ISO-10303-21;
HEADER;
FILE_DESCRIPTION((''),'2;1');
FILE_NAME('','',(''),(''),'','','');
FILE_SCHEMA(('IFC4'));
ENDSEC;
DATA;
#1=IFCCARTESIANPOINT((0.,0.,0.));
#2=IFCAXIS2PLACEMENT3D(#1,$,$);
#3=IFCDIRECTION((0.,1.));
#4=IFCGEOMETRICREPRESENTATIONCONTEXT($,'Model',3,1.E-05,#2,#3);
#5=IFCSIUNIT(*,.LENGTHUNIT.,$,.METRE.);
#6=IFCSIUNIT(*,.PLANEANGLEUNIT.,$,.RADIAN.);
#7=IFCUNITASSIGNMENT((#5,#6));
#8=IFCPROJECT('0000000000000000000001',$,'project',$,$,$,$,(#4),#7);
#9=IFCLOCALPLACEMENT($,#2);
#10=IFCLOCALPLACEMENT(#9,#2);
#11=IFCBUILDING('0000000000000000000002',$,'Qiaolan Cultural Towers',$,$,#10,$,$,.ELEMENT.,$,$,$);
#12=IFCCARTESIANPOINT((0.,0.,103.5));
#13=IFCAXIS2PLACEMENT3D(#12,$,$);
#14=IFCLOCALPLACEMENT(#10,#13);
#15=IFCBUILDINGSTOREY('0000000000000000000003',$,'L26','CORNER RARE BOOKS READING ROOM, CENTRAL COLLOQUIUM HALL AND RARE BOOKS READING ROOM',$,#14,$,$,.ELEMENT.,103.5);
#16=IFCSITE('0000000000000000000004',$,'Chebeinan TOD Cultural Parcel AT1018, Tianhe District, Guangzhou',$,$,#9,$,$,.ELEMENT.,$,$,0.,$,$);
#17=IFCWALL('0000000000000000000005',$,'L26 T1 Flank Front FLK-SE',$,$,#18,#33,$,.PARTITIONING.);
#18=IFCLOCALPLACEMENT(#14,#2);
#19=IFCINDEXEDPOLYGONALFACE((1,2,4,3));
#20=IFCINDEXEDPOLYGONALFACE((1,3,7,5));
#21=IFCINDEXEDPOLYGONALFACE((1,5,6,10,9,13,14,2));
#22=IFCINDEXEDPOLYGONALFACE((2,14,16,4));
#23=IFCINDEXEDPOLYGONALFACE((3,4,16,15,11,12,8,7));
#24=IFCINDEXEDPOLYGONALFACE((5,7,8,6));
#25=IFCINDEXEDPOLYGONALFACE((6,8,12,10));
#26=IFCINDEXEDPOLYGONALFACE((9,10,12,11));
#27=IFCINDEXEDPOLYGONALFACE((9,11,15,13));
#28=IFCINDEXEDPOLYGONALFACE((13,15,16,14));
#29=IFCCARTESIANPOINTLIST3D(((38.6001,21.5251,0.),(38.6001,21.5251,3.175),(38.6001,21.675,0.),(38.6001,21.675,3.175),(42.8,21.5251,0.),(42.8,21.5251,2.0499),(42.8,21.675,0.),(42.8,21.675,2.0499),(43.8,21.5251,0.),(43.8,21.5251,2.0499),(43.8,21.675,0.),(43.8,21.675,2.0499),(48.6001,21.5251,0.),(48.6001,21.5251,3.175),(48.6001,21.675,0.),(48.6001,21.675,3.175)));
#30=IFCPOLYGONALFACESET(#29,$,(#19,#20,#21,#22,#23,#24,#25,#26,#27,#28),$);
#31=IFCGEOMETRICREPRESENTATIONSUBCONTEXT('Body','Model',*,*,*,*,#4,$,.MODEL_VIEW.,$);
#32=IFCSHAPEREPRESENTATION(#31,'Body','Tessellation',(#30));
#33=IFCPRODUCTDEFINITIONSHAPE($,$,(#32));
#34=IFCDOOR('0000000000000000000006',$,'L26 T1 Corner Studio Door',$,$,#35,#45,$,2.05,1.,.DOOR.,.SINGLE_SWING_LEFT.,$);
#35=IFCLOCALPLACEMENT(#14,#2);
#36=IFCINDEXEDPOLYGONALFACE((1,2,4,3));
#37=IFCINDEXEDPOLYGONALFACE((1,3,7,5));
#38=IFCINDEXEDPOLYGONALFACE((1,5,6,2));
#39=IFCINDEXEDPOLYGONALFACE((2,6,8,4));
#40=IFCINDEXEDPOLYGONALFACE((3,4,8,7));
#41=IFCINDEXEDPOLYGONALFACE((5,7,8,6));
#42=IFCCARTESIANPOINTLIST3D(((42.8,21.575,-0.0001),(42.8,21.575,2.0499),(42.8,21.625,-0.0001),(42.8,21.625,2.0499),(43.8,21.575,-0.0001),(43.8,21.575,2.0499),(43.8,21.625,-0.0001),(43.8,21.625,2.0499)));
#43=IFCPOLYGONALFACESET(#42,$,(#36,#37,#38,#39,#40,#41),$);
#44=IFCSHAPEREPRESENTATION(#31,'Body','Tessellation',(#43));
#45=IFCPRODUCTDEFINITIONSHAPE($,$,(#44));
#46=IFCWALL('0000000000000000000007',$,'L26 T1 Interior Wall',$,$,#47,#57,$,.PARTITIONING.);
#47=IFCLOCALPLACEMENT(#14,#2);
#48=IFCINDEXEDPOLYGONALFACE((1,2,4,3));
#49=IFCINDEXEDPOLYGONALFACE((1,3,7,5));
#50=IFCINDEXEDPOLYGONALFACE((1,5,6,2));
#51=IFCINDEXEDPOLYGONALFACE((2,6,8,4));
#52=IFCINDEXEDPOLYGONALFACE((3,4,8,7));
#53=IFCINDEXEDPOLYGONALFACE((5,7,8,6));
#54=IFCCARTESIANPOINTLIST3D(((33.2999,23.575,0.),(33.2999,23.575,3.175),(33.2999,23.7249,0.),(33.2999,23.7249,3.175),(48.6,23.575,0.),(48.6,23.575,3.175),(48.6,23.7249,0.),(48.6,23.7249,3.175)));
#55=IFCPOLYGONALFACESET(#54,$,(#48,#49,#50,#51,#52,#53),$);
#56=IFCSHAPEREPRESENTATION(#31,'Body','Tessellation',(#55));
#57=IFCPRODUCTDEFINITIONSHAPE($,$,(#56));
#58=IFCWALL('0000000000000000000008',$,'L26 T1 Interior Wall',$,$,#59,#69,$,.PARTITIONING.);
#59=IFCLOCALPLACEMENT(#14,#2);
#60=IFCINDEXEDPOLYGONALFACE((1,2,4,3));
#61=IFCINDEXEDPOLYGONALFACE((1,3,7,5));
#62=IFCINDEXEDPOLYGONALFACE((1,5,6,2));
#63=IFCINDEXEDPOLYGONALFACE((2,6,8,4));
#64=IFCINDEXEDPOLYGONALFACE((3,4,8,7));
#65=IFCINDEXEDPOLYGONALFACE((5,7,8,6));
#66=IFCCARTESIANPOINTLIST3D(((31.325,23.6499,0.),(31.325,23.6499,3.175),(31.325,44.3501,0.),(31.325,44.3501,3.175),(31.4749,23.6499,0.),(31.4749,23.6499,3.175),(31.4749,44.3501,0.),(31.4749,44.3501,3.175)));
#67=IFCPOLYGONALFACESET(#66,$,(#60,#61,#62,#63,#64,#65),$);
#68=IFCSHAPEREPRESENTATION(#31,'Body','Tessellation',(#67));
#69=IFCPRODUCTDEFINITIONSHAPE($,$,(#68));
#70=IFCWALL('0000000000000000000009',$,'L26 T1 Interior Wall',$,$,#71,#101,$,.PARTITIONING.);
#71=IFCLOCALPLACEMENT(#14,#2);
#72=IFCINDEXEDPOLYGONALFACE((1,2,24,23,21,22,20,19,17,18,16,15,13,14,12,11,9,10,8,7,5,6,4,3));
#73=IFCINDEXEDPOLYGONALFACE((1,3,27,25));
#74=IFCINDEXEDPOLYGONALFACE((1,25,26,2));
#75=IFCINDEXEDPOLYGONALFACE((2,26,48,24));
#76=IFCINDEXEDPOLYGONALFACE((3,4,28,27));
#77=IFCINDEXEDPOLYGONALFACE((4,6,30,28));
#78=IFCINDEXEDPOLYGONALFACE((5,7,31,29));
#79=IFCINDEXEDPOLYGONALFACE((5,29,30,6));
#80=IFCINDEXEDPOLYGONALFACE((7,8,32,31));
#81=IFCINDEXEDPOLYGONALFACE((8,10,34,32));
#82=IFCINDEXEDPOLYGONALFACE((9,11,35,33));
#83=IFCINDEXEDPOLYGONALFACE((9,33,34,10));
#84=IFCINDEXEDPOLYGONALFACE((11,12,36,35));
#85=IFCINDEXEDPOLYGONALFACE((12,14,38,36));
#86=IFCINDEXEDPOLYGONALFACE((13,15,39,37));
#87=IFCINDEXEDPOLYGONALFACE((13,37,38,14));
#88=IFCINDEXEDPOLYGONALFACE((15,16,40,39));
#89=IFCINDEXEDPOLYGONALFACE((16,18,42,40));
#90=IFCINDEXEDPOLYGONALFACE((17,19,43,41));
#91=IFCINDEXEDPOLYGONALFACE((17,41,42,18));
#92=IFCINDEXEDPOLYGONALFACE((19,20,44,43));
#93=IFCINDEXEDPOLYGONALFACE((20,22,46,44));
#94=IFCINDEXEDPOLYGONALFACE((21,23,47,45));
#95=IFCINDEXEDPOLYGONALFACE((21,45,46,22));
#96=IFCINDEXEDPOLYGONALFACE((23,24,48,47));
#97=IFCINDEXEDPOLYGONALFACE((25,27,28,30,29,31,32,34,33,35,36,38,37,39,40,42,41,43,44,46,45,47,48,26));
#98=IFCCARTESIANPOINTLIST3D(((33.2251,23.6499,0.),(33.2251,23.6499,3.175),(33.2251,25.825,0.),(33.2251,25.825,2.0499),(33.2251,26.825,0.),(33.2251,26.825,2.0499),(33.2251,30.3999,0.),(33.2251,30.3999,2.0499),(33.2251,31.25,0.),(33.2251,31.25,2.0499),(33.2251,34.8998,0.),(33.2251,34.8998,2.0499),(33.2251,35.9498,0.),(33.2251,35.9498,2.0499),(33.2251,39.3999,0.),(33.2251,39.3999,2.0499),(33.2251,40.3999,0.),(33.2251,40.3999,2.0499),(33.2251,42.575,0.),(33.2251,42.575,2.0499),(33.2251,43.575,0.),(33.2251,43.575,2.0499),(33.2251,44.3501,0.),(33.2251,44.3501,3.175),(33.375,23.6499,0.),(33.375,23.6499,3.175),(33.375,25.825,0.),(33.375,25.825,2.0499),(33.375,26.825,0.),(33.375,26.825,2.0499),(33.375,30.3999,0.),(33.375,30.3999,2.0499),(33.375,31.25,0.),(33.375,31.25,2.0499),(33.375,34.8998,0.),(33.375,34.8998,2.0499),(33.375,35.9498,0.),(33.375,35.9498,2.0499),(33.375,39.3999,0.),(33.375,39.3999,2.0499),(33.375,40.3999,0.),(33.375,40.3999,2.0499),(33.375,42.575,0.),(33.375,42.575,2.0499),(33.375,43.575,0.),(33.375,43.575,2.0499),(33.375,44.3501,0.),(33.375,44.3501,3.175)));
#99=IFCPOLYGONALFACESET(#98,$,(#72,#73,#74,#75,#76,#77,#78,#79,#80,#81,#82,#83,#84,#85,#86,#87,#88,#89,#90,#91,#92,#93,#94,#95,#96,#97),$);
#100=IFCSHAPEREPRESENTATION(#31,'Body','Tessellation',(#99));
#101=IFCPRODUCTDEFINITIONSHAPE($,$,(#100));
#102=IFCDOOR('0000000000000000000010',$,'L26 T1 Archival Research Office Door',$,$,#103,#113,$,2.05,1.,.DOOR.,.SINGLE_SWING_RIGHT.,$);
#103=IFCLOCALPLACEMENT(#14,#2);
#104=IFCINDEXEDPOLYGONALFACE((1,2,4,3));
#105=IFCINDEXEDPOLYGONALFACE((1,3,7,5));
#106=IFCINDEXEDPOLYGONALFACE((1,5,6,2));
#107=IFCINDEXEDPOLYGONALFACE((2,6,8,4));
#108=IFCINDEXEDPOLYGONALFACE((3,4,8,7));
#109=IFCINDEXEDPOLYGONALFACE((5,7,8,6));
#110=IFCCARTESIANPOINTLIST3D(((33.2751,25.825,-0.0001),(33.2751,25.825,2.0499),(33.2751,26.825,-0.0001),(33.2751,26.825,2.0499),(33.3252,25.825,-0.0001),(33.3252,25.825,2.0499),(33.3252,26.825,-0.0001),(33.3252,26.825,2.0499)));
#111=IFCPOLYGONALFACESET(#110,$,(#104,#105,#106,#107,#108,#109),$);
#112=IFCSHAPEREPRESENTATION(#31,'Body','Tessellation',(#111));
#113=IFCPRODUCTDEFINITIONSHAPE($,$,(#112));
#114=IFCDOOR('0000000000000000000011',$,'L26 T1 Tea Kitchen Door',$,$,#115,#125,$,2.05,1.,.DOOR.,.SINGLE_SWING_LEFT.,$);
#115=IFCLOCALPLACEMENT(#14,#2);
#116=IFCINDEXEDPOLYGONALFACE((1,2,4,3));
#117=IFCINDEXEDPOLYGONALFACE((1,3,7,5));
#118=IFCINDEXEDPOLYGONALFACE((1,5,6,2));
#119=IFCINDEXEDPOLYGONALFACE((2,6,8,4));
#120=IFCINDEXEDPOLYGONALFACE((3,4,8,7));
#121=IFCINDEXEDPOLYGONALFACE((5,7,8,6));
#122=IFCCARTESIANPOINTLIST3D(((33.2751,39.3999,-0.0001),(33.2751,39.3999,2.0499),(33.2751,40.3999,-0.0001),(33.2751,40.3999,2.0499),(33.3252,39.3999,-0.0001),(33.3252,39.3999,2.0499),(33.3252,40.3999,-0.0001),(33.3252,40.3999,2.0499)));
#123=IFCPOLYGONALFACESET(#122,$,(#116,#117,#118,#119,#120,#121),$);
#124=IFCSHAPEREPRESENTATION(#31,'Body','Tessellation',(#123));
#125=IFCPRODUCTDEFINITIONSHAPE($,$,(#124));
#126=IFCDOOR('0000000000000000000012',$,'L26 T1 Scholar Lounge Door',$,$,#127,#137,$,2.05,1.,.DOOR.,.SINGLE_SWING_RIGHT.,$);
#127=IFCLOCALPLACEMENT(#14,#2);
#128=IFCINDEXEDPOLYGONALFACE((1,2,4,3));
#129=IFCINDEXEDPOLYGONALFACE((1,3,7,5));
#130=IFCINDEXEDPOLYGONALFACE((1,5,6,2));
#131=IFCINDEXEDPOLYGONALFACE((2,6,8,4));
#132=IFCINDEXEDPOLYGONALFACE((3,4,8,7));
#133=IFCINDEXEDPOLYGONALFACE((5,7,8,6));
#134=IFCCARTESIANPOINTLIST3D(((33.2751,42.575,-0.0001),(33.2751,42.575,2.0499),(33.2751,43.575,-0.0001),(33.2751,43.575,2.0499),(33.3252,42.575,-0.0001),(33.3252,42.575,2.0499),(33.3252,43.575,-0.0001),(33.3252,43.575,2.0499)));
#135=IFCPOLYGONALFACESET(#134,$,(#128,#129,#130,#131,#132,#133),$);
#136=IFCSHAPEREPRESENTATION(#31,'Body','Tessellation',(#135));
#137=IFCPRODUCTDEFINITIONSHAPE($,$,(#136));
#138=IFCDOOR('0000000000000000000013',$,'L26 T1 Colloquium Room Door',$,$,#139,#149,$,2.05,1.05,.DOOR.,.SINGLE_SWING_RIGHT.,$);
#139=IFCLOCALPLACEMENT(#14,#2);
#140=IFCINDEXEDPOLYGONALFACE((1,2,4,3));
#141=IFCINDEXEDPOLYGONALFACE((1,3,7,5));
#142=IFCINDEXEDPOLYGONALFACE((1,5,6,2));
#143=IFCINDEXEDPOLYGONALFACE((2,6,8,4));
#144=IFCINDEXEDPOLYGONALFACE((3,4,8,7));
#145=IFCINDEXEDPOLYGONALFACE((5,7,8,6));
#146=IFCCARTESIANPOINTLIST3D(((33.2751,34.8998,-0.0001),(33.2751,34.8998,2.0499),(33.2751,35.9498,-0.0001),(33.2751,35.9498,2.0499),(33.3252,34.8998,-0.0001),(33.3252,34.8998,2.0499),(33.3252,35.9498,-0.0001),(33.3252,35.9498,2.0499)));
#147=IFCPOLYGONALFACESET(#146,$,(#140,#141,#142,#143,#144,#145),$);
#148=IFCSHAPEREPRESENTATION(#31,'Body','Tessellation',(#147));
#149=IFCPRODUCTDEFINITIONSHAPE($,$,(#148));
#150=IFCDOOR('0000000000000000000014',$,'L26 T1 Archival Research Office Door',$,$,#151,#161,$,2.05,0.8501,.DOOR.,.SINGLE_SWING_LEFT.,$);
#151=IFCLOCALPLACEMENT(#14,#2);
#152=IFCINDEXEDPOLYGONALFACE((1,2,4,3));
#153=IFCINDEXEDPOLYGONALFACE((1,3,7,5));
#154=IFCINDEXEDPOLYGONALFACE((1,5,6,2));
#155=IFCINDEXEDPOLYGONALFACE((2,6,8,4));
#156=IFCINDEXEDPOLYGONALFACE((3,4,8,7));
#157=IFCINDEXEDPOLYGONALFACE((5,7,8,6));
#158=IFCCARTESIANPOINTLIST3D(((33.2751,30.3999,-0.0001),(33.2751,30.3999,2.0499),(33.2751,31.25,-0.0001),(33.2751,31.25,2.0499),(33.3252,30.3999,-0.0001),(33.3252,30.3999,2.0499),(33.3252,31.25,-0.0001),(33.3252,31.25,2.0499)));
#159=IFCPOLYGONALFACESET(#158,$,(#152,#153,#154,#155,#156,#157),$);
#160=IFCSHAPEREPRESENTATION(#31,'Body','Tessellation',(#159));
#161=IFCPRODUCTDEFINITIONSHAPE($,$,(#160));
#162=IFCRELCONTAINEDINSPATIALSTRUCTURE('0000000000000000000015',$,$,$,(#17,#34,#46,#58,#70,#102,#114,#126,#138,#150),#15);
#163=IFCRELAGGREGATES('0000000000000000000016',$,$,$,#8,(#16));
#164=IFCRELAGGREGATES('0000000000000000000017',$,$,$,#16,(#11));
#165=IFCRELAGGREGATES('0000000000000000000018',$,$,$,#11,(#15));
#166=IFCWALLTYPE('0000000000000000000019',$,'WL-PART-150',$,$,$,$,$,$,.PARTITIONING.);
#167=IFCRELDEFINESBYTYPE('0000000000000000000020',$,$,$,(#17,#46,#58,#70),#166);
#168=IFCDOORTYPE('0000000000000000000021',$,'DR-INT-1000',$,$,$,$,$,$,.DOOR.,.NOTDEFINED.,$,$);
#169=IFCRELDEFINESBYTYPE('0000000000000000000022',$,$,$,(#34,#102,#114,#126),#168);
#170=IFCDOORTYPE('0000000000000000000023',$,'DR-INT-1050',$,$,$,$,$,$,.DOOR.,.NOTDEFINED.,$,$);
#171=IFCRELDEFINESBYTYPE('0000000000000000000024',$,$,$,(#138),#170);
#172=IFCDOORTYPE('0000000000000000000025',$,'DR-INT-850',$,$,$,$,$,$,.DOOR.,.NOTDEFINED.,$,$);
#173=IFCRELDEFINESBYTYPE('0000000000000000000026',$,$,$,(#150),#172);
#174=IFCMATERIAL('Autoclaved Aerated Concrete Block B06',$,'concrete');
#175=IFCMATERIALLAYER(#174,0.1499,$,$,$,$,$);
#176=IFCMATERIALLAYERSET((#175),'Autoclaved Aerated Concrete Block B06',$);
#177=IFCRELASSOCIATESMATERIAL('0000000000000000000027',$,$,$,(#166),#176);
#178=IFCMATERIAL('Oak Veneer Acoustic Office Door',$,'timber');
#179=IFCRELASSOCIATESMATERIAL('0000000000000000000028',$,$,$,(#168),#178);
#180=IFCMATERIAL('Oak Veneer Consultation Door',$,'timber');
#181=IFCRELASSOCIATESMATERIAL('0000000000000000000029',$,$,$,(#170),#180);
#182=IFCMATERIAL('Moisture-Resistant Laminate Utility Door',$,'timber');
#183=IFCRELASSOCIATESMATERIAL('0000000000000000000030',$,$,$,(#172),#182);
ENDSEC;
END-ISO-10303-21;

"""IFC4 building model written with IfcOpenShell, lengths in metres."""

from ifc_helpers import new_model, si_unit, direction, frame, frame_2d, origin, place, context, subcontext, project, spatial, rectangle, extrude, material, layer, layer_set, type_object, element, fill, save


model = new_model("IFC4")

# Units and contexts
model_context = context("Model", 3, precision=1e-05, world=origin(), true_north=direction((0.0, 1.0)))
body_context = subcontext(model_context, "Body", "Model", "MODEL_VIEW")
ifc_project = project(units=[si_unit("LENGTHUNIT", "METRE"), si_unit("PLANEANGLEUNIT", "RADIAN")], contexts=[model_context])

# Site, building, storey
site_placement = place(None, origin())
site = spatial("IfcSite", under=ifc_project, at=site_placement, Name="Chebeinan TOD Cultural Parcel AT1018, Tianhe District, Guangzhou", CompositionType="ELEMENT", RefElevation=0.0)
building_placement = place(site_placement, origin())
building = spatial("IfcBuilding", under=site, at=building_placement, Name="Qiaolan Cultural Towers", CompositionType="ELEMENT")
storey_placement = place(building_placement, frame((0.0, 0.0, 103.5)))
storey = spatial("IfcBuildingStorey", under=building, at=storey_placement, Name="L26", Description="CORNER RARE BOOKS READING ROOM, CENTRAL COLLOQUIUM HALL AND RARE BOOKS READING ROOM", CompositionType="ELEMENT", Elevation=103.5)

# Shared definitions
ifc_material_1 = material(Name="Autoclaved Aerated Concrete Block B06", Category="concrete")
ifc_layer_1 = layer(ifc_material_1, 0.1499)
ifc_layer_set_1 = layer_set([ifc_layer_1], Name="Autoclaved Aerated Concrete Block B06")
wall_type_1 = type_object("IfcWallType", Name="WL-PART-150", PredefinedType="PARTITIONING", material=ifc_layer_set_1)

# Wall, opening, door
wall_1_placement = place(storey_placement, frame((38.6001, 21.6001, 0.0), z_axis=(0.0, 0.0, 1.0), x_axis=(1.0, 0.0, 0.0)))
wall_1 = element("IfcWall", 1, at=wall_1_placement, inside=storey, type_object=wall_type_1, Name="L26 T1 Flank Front FLK-SE", PredefinedType="PARTITIONING", context=body_context, shape_type="SweptSolid", body=[
    extrude(rectangle(XDim=10.0, YDim=0.1499, at=frame_2d((5.0, 0.0))), origin(), (0.0, 0.0, 1.0), 3.175),
])
opening_1_placement = place(wall_1_placement, frame((4.2, 0.0, 0.0)))
opening_1 = element("IfcOpeningElement", 2, at=opening_1_placement, cuts=wall_1, PredefinedType="OPENING", context=body_context, shape_type="SweptSolid", body=[
    extrude(rectangle(XDim=1.0, YDim=2.05, at=frame_2d((0.5, 1.0249))), frame((0.0, 0.085, 0.0), z_axis=(0.0, -1.0, 0.0), x_axis=(1.0, 0.0, 0.0)), (0.0, 0.0, 1.0), 0.1699),
])
ifc_material_2 = material(Name="Oak Veneer Acoustic Office Door", Category="timber")
door_type_1 = type_object("IfcDoorType", Name="DR-INT-1000", OperationType="NOTDEFINED", PredefinedType="DOOR", material=ifc_material_2)
door_1_placement = place(opening_1_placement, origin())
door_1 = element("IfcDoor", 3, at=door_1_placement, inside=storey, type_object=door_type_1, Name="L26 T1 Corner Studio Door", OperationType="SINGLE_SWING_LEFT", OverallHeight=2.05, OverallWidth=1.0, PredefinedType="DOOR", context=body_context, shape_type="SweptSolid", body=[
    extrude(rectangle(XDim=1.0, YDim=2.05, at=frame_2d((0.5, 1.0249))), frame((0.0, 0.0249, 0.0), z_axis=(0.0, -1.0, 0.0), x_axis=(1.0, 0.0, 0.0)), (0.0, 0.0, 1.0), 0.05),
])
fill(opening_1, door_1)

# Walls
wall_2_placement = place(storey_placement, frame((33.3, 23.6499, 0.0), z_axis=(0.0, 0.0, 1.0), x_axis=(1.0, 0.0, 0.0)))
element("IfcWall", 4, at=wall_2_placement, inside=storey, type_object=wall_type_1, Name="L26 T1 Interior Wall", PredefinedType="PARTITIONING", context=body_context, shape_type="SweptSolid", body=[
    extrude(rectangle(XDim=15.3, YDim=0.1499, at=frame_2d((7.6499, 0.0))), origin(), (0.0, 0.0, 1.0), 3.175),
])
wall_3_placement = place(storey_placement, frame((31.3999, 23.6499, 0.0), z_axis=(0.0, 0.0, 1.0), x_axis=(0.0, 1.0, 0.0)))
element("IfcWall", 5, at=wall_3_placement, inside=storey, type_object=wall_type_1, Name="L26 T1 Interior Wall", PredefinedType="PARTITIONING", context=body_context, shape_type="SweptSolid", body=[
    extrude(rectangle(XDim=20.7002, YDim=0.1499, at=frame_2d((10.3501, 0.0))), origin(), (0.0, 0.0, 1.0), 3.175),
])

# Wall, openings, doors
wall_4_placement = place(storey_placement, frame((33.3, 23.6499, 0.0), z_axis=(0.0, 0.0, 1.0), x_axis=(0.0, 1.0, 0.0)))
wall_4 = element("IfcWall", 6, at=wall_4_placement, inside=storey, type_object=wall_type_1, Name="L26 T1 Interior Wall", PredefinedType="PARTITIONING", context=body_context, shape_type="SweptSolid", body=[
    extrude(rectangle(XDim=20.7002, YDim=0.1499, at=frame_2d((10.3501, 0.0))), origin(), (0.0, 0.0, 1.0), 3.175),
])
opening_2_placement = place(wall_4_placement, frame((2.175, 0.0, 0.0)))
opening_2 = element("IfcOpeningElement", 7, at=opening_2_placement, cuts=wall_4, PredefinedType="OPENING", context=body_context, shape_type="SweptSolid", body=[
    extrude(rectangle(XDim=1.0, YDim=2.05, at=frame_2d((0.5, 1.0249))), frame((0.0, 0.085, 0.0), z_axis=(0.0, -1.0, 0.0), x_axis=(1.0, 0.0, 0.0)), (0.0, 0.0, 1.0), 0.1699),
])
opening_3_placement = place(wall_4_placement, frame((6.75, 0.0, 0.0)))
opening_3 = element("IfcOpeningElement", 8, at=opening_3_placement, cuts=wall_4, PredefinedType="OPENING", context=body_context, shape_type="SweptSolid", body=[
    extrude(rectangle(XDim=0.8501, YDim=2.05, at=frame_2d((0.425, 1.0249))), frame((0.0, 0.085, 0.0), z_axis=(0.0, -1.0, 0.0), x_axis=(1.0, 0.0, 0.0)), (0.0, 0.0, 1.0), 0.1699),
])
opening_4_placement = place(wall_4_placement, frame((11.25, 0.0, 0.0)))
opening_4 = element("IfcOpeningElement", 9, at=opening_4_placement, cuts=wall_4, PredefinedType="OPENING", context=body_context, shape_type="SweptSolid", body=[
    extrude(rectangle(XDim=1.05, YDim=2.05, at=frame_2d((0.5249, 1.0249))), frame((0.0, 0.085, 0.0), z_axis=(0.0, -1.0, 0.0), x_axis=(1.0, 0.0, 0.0)), (0.0, 0.0, 1.0), 0.1699),
])
opening_5_placement = place(wall_4_placement, frame((15.75, 0.0, 0.0)))
opening_5 = element("IfcOpeningElement", 10, at=opening_5_placement, cuts=wall_4, PredefinedType="OPENING", context=body_context, shape_type="SweptSolid", body=[
    extrude(rectangle(XDim=1.0, YDim=2.05, at=frame_2d((0.5, 1.0249))), frame((0.0, 0.085, 0.0), z_axis=(0.0, -1.0, 0.0), x_axis=(1.0, 0.0, 0.0)), (0.0, 0.0, 1.0), 0.1699),
])
opening_6_placement = place(wall_4_placement, frame((18.925, 0.0, 0.0)))
opening_6 = element("IfcOpeningElement", 11, at=opening_6_placement, cuts=wall_4, PredefinedType="OPENING", context=body_context, shape_type="SweptSolid", body=[
    extrude(rectangle(XDim=1.0, YDim=2.05, at=frame_2d((0.5, 1.0249))), frame((0.0, 0.085, 0.0), z_axis=(0.0, -1.0, 0.0), x_axis=(1.0, 0.0, 0.0)), (0.0, 0.0, 1.0), 0.1699),
])
door_2_placement = place(opening_2_placement, origin())
door_2 = element("IfcDoor", 12, at=door_2_placement, inside=storey, type_object=door_type_1, Name="L26 T1 Archival Research Office Door", OperationType="SINGLE_SWING_RIGHT", OverallHeight=2.05, OverallWidth=1.0, PredefinedType="DOOR", context=body_context, shape_type="SweptSolid", body=[
    extrude(rectangle(XDim=1.0, YDim=2.05, at=frame_2d((0.5, 1.0249))), frame((0.0, 0.0249, 0.0), z_axis=(0.0, -1.0, 0.0), x_axis=(1.0, 0.0, 0.0)), (0.0, 0.0, 1.0), 0.05),
])
fill(opening_2, door_2)
door_3_placement = place(opening_5_placement, origin())
door_3 = element("IfcDoor", 13, at=door_3_placement, inside=storey, type_object=door_type_1, Name="L26 T1 Tea Kitchen Door", OperationType="SINGLE_SWING_LEFT", OverallHeight=2.05, OverallWidth=1.0, PredefinedType="DOOR", context=body_context, shape_type="SweptSolid", body=[
    extrude(rectangle(XDim=1.0, YDim=2.05, at=frame_2d((0.5, 1.0249))), frame((0.0, 0.0249, 0.0), z_axis=(0.0, -1.0, 0.0), x_axis=(1.0, 0.0, 0.0)), (0.0, 0.0, 1.0), 0.05),
])
fill(opening_5, door_3)
door_4_placement = place(opening_6_placement, origin())
door_4 = element("IfcDoor", 14, at=door_4_placement, inside=storey, type_object=door_type_1, Name="L26 T1 Scholar Lounge Door", OperationType="SINGLE_SWING_RIGHT", OverallHeight=2.05, OverallWidth=1.0, PredefinedType="DOOR", context=body_context, shape_type="SweptSolid", body=[
    extrude(rectangle(XDim=1.0, YDim=2.05, at=frame_2d((0.5, 1.0249))), frame((0.0, 0.0249, 0.0), z_axis=(0.0, -1.0, 0.0), x_axis=(1.0, 0.0, 0.0)), (0.0, 0.0, 1.0), 0.05),
])
fill(opening_6, door_4)
ifc_material_3 = material(Name="Oak Veneer Consultation Door", Category="timber")
door_type_2 = type_object("IfcDoorType", Name="DR-INT-1050", OperationType="NOTDEFINED", PredefinedType="DOOR", material=ifc_material_3)
door_5_placement = place(opening_4_placement, origin())
door_5 = element("IfcDoor", 15, at=door_5_placement, inside=storey, type_object=door_type_2, Name="L26 T1 Colloquium Room Door", OperationType="SINGLE_SWING_RIGHT", OverallHeight=2.05, OverallWidth=1.05, PredefinedType="DOOR", context=body_context, shape_type="SweptSolid", body=[
    extrude(rectangle(XDim=1.05, YDim=2.05, at=frame_2d((0.5249, 1.0249))), frame((0.0, 0.0249, 0.0), z_axis=(0.0, -1.0, 0.0), x_axis=(1.0, 0.0, 0.0)), (0.0, 0.0, 1.0), 0.05),
])
fill(opening_4, door_5)
ifc_material_4 = material(Name="Moisture-Resistant Laminate Utility Door", Category="timber")
door_type_3 = type_object("IfcDoorType", Name="DR-INT-850", OperationType="NOTDEFINED", PredefinedType="DOOR", material=ifc_material_4)
door_6_placement = place(opening_3_placement, origin())
door_6 = element("IfcDoor", 16, at=door_6_placement, inside=storey, type_object=door_type_3, Name="L26 T1 Archival Research Office Door", OperationType="SINGLE_SWING_LEFT", OverallHeight=2.05, OverallWidth=0.8501, PredefinedType="DOOR", context=body_context, shape_type="SweptSolid", body=[
    extrude(rectangle(XDim=0.8501, YDim=2.05, at=frame_2d((0.425, 1.0249))), frame((0.0, 0.0249, 0.0), z_axis=(0.0, -1.0, 0.0), x_axis=(1.0, 0.0, 0.0)), (0.0, 0.0, 1.0), 0.05),
])
fill(opening_3, door_6)

save(model, "model.ifc")
